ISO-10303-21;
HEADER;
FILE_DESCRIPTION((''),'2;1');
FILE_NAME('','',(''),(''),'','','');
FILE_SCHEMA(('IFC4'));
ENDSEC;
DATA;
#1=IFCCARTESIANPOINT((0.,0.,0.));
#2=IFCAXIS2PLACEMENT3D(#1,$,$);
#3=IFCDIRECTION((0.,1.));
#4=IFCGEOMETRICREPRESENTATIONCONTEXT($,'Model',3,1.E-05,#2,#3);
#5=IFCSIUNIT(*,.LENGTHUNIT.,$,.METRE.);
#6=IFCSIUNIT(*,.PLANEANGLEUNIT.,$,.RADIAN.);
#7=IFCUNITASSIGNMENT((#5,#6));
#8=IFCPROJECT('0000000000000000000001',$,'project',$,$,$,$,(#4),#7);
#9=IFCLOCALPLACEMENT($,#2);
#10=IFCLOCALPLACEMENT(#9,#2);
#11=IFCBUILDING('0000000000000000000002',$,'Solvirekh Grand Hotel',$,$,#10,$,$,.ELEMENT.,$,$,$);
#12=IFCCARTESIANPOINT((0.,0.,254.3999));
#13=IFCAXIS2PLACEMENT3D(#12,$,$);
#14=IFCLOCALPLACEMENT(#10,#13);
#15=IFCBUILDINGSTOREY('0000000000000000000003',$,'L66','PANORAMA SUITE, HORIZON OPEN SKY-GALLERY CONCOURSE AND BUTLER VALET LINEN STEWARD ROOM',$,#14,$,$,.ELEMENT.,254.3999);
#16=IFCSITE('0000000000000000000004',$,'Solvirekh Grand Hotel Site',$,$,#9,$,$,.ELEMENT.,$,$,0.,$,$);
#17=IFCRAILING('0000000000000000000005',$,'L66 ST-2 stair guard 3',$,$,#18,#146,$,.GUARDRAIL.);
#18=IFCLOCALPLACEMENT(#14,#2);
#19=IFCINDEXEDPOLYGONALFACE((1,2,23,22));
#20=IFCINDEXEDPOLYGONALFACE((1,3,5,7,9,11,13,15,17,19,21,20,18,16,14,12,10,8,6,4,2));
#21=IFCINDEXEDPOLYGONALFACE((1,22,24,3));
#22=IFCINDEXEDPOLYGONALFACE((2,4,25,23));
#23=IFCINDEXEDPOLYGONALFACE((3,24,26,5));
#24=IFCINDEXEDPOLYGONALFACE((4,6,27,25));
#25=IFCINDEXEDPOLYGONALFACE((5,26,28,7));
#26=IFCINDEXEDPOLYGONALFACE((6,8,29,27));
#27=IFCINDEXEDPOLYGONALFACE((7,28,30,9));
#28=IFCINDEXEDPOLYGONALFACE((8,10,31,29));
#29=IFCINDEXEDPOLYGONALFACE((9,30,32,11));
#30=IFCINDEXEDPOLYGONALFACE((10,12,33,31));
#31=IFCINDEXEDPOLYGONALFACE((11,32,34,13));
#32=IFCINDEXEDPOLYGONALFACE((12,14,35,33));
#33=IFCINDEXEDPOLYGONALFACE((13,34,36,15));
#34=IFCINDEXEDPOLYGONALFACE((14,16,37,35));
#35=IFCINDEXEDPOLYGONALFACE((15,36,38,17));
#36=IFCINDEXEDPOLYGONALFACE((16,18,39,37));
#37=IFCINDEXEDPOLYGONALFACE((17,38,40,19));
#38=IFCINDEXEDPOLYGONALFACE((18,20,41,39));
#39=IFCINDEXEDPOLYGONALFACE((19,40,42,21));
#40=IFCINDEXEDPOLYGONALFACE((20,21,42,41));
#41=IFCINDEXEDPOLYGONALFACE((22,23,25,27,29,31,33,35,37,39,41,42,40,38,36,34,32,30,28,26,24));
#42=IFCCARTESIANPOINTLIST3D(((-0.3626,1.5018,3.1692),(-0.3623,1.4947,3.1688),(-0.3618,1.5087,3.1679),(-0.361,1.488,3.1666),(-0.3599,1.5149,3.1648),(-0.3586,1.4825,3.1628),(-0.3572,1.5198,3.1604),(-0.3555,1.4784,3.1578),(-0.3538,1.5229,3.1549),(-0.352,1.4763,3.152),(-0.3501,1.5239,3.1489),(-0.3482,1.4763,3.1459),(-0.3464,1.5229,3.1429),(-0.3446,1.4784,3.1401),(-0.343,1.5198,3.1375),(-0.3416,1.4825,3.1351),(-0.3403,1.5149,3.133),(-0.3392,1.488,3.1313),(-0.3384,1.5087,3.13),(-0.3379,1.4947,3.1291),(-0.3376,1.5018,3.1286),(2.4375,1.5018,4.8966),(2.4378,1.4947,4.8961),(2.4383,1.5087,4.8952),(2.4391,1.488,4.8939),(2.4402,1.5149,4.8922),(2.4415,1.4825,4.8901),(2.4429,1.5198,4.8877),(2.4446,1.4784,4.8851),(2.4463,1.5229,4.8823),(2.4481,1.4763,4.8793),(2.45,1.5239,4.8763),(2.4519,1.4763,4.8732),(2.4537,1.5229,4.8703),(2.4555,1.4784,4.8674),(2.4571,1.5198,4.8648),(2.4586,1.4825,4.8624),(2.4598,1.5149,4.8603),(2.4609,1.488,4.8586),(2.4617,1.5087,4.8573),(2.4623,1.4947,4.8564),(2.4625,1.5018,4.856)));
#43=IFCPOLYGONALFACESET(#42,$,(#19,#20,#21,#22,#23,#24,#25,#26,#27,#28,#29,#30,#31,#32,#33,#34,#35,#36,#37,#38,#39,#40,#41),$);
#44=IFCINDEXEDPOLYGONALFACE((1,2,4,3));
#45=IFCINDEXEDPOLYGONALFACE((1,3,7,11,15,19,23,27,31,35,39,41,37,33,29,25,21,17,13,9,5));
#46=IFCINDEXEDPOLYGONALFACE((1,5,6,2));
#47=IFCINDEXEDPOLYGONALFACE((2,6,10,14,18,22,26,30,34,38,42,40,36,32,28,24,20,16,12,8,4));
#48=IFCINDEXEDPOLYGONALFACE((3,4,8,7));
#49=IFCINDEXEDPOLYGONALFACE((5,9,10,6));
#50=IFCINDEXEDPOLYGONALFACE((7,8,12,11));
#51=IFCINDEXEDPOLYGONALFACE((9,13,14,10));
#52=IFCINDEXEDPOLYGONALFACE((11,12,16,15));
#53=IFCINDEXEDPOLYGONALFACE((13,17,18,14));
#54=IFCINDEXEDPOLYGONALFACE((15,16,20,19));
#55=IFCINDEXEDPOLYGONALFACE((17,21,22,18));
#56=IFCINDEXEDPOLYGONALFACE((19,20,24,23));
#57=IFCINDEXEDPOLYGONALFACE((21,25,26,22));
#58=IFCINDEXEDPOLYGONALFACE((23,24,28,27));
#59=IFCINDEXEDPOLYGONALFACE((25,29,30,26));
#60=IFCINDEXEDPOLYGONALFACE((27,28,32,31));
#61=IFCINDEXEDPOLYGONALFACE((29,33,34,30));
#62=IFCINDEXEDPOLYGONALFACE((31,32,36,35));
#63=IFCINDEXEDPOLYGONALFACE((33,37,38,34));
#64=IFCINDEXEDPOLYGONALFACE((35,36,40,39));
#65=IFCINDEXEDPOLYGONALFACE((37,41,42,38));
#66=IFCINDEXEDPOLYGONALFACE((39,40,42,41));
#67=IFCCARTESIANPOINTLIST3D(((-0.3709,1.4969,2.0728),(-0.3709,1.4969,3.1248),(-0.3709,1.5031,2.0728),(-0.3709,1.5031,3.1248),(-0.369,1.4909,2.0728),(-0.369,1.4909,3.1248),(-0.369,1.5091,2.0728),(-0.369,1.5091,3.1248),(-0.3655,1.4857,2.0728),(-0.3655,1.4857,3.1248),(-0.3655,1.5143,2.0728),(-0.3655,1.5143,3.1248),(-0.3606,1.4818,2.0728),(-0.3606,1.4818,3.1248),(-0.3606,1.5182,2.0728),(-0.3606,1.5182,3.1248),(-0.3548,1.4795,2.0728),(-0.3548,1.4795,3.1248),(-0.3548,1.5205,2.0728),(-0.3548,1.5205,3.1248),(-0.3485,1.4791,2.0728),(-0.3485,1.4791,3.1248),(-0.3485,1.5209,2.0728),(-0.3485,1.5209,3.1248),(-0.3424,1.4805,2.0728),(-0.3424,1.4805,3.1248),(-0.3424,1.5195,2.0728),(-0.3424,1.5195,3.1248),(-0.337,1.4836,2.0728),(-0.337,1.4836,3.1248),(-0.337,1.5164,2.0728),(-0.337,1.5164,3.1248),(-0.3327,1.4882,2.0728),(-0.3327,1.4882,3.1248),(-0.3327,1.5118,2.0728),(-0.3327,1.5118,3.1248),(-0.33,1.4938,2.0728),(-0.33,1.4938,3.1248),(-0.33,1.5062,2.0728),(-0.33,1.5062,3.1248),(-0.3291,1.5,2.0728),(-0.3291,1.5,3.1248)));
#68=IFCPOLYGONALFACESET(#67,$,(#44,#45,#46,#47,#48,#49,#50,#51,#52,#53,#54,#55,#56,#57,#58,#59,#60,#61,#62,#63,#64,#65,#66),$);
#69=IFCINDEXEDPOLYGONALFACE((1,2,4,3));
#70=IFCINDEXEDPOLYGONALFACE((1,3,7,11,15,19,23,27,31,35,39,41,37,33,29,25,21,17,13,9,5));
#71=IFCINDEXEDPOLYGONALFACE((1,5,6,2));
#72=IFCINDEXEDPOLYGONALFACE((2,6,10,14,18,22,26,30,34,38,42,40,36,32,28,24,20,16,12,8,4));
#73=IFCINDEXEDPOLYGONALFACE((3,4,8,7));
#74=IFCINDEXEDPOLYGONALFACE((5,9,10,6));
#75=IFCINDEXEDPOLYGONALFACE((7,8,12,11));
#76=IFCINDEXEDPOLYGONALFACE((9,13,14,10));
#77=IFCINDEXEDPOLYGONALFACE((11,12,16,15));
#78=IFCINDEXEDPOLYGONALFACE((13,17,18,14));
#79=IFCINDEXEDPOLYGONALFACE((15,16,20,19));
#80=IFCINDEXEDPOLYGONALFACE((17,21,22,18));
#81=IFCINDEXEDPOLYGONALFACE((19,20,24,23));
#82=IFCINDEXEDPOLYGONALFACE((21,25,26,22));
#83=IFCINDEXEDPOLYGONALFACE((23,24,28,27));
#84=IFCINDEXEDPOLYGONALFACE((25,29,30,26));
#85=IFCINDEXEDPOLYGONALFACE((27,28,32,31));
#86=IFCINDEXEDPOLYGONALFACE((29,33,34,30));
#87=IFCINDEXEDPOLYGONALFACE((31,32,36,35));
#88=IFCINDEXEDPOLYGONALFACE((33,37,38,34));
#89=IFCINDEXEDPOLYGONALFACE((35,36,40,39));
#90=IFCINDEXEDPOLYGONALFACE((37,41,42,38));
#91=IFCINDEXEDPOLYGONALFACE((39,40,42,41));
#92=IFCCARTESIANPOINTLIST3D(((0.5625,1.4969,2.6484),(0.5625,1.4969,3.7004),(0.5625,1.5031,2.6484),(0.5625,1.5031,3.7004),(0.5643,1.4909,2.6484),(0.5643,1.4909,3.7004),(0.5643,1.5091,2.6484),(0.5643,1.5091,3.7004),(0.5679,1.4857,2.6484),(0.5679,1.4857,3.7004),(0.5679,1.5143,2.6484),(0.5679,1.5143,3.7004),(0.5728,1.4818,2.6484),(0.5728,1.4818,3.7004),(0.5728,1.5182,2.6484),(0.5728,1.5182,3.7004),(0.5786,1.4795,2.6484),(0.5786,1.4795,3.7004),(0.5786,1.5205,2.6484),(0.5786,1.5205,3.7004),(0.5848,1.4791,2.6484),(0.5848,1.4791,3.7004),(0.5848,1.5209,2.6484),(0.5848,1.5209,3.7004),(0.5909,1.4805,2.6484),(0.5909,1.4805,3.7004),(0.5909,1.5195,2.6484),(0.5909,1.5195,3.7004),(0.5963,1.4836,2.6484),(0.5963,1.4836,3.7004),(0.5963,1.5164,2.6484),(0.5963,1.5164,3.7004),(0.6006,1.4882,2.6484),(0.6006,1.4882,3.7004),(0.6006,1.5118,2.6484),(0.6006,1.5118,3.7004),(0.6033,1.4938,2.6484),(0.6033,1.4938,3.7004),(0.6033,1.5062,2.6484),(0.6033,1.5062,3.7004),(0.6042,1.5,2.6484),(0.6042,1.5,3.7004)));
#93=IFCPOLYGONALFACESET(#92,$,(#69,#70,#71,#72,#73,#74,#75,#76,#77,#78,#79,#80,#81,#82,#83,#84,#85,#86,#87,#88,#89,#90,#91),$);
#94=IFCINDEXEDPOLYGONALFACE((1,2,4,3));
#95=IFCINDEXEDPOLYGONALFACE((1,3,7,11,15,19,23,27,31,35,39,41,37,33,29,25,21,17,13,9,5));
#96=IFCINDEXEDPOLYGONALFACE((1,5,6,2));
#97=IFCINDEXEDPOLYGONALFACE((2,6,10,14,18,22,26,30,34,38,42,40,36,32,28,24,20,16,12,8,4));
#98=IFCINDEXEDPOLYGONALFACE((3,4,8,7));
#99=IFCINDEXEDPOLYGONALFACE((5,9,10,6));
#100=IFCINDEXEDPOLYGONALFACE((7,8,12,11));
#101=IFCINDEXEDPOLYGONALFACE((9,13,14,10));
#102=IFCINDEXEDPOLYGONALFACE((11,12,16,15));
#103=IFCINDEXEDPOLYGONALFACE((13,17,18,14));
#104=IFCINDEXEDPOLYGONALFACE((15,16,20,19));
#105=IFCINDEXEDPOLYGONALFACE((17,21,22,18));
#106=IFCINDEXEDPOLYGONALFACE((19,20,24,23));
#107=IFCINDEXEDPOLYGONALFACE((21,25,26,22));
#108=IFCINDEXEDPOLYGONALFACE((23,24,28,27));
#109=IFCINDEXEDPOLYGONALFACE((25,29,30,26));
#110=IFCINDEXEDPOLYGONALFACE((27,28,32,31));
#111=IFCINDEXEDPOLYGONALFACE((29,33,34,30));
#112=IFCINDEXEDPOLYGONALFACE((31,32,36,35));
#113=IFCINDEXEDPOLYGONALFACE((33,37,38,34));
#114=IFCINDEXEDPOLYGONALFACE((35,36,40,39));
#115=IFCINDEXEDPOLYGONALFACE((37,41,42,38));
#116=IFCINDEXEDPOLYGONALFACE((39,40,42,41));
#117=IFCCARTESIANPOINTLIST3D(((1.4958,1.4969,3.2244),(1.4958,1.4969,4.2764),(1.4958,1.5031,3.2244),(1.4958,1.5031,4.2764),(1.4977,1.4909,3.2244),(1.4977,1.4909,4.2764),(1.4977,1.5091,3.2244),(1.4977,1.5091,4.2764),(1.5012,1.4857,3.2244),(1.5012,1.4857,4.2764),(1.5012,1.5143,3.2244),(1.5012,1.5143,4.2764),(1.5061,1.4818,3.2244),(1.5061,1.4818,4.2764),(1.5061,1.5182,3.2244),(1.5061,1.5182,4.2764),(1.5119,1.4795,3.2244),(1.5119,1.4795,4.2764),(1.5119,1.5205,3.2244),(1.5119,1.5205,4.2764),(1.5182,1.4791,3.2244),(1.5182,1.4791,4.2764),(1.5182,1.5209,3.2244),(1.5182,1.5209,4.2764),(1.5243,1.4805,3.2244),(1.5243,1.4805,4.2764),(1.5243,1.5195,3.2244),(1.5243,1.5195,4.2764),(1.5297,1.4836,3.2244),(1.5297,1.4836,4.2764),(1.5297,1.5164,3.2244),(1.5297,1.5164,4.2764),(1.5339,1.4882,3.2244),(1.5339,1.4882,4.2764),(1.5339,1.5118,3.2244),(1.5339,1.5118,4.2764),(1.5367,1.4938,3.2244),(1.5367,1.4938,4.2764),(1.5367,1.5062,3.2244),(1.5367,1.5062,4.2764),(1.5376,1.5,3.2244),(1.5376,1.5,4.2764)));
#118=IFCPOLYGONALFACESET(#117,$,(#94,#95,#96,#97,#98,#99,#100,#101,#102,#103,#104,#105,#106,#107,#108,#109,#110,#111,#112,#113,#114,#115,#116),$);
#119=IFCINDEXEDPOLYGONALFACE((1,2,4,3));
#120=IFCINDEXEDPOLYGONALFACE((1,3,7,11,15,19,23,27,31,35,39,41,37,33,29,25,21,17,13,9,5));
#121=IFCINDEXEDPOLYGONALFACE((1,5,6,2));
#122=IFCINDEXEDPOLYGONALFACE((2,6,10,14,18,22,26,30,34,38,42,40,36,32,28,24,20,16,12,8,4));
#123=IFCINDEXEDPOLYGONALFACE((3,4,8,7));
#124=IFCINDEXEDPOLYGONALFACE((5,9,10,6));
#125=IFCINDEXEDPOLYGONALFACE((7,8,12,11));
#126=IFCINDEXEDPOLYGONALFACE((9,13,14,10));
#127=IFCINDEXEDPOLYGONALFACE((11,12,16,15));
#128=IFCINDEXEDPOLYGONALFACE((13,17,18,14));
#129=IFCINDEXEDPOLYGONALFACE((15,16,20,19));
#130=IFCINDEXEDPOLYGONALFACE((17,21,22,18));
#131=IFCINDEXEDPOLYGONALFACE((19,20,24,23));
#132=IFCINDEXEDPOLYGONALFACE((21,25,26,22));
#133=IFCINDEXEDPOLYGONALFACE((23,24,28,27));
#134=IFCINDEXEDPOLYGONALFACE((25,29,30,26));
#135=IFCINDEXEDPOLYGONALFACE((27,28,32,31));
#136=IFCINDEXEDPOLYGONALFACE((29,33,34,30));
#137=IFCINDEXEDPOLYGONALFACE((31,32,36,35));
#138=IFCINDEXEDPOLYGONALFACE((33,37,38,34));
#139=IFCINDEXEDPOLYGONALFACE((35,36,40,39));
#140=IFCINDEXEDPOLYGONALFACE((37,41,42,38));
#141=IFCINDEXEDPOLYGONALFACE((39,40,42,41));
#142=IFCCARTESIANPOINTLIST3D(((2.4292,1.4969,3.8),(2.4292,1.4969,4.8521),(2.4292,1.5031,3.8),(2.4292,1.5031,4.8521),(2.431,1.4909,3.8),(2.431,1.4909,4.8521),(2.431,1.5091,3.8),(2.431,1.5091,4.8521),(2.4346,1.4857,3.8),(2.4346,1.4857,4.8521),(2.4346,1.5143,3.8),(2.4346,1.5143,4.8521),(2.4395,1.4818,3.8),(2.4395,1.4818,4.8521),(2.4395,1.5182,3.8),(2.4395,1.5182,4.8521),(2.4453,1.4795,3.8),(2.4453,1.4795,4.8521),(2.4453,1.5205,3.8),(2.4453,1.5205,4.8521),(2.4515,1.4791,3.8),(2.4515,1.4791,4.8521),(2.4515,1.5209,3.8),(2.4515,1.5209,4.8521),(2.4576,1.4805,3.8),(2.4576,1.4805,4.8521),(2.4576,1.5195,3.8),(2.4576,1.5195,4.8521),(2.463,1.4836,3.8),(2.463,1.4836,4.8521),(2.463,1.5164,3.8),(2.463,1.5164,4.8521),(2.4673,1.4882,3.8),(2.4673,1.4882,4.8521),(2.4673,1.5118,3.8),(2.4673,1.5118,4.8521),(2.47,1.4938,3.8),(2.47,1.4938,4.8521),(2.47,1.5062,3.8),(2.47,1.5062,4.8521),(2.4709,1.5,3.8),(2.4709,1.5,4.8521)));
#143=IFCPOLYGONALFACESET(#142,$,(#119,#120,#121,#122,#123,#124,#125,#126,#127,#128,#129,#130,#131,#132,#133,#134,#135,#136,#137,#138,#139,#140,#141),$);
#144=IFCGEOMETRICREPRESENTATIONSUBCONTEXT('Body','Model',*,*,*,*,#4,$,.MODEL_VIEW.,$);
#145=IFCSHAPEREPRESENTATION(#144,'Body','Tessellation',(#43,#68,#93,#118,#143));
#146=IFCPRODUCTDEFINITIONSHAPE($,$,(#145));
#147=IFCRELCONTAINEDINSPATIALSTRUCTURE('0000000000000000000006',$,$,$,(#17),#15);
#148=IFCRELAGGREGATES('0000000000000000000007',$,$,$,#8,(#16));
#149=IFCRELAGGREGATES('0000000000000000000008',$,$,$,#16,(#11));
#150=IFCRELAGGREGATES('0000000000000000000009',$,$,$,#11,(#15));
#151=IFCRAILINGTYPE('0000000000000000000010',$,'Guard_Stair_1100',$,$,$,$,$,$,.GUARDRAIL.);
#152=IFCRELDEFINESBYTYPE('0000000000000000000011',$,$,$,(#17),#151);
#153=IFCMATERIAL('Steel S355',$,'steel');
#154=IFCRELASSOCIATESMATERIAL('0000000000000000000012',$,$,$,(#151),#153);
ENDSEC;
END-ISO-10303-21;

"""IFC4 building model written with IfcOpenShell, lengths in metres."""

from ifc_helpers import new_model, si_unit, direction, frame, origin, origin_2d, place, context, subcontext, project, spatial, circle, extrude, material, type_object, element, save


model = new_model("IFC4")

# Units and contexts
model_context = context("Model", 3, precision=1e-05, world=origin(), true_north=direction((0.0, 1.0)))
body_context = subcontext(model_context, "Body", "Model", "MODEL_VIEW")
ifc_project = project(units=[si_unit("LENGTHUNIT", "METRE"), si_unit("PLANEANGLEUNIT", "RADIAN")], contexts=[model_context])

# Site, building, storey
site_placement = place(None, origin())
site = spatial("IfcSite", under=ifc_project, at=site_placement, Name="Solvirekh Grand Hotel Site", CompositionType="ELEMENT", RefElevation=0.0)
building_placement = place(site_placement, origin())
building = spatial("IfcBuilding", under=site, at=building_placement, Name="Solvirekh Grand Hotel", CompositionType="ELEMENT")
storey_placement = place(building_placement, frame((0.0, 0.0, 254.3999)))
storey = spatial("IfcBuildingStorey", under=building, at=storey_placement, Name="L66", Description="PANORAMA SUITE, HORIZON OPEN SKY-GALLERY CONCOURSE AND BUTLER VALET LINEN STEWARD ROOM", CompositionType="ELEMENT", Elevation=254.3999)

# Shared definitions
ifc_material_1 = material(Name="Steel S355", Category="steel")

# Railing
railing_type_1 = type_object("IfcRailingType", Name="Guard_Stair_1100", PredefinedType="GUARDRAIL", material=ifc_material_1)
railing_1_placement = place(storey_placement, frame((-0.3501, 1.5, 2.0728)))
element("IfcRailing", 1, at=railing_1_placement, inside=storey, type_object=railing_type_1, Name="L66 ST-2 stair guard 3", PredefinedType="GUARDRAIL", context=body_context, shape_type="SweptSolid", body=[
    extrude(circle(Radius=0.0239, at=origin_2d()), frame((0.0, 0.0, 1.0762), z_axis=(0.85109, 0.0, 0.52502), x_axis=(0.0, 1.0, 0.0)), (0.0, 0.0, 1.0), 3.29),
    extrude(circle(Radius=0.021, at=origin_2d()), origin(), (0.0, 0.0, 1.0), 1.052),
    extrude(circle(Radius=0.021, at=origin_2d()), frame((0.9333, 0.0, 0.5757)), (0.0, 0.0, 1.0), 1.052),
    extrude(circle(Radius=0.021, at=origin_2d()), frame((1.8667, 0.0, 1.1516)), (0.0, 0.0, 1.0), 1.052),
    extrude(circle(Radius=0.021, at=origin_2d()), frame((2.8, 0.0, 1.7273)), (0.0, 0.0, 1.0), 1.052),
])

save(model, "model.ifc")
